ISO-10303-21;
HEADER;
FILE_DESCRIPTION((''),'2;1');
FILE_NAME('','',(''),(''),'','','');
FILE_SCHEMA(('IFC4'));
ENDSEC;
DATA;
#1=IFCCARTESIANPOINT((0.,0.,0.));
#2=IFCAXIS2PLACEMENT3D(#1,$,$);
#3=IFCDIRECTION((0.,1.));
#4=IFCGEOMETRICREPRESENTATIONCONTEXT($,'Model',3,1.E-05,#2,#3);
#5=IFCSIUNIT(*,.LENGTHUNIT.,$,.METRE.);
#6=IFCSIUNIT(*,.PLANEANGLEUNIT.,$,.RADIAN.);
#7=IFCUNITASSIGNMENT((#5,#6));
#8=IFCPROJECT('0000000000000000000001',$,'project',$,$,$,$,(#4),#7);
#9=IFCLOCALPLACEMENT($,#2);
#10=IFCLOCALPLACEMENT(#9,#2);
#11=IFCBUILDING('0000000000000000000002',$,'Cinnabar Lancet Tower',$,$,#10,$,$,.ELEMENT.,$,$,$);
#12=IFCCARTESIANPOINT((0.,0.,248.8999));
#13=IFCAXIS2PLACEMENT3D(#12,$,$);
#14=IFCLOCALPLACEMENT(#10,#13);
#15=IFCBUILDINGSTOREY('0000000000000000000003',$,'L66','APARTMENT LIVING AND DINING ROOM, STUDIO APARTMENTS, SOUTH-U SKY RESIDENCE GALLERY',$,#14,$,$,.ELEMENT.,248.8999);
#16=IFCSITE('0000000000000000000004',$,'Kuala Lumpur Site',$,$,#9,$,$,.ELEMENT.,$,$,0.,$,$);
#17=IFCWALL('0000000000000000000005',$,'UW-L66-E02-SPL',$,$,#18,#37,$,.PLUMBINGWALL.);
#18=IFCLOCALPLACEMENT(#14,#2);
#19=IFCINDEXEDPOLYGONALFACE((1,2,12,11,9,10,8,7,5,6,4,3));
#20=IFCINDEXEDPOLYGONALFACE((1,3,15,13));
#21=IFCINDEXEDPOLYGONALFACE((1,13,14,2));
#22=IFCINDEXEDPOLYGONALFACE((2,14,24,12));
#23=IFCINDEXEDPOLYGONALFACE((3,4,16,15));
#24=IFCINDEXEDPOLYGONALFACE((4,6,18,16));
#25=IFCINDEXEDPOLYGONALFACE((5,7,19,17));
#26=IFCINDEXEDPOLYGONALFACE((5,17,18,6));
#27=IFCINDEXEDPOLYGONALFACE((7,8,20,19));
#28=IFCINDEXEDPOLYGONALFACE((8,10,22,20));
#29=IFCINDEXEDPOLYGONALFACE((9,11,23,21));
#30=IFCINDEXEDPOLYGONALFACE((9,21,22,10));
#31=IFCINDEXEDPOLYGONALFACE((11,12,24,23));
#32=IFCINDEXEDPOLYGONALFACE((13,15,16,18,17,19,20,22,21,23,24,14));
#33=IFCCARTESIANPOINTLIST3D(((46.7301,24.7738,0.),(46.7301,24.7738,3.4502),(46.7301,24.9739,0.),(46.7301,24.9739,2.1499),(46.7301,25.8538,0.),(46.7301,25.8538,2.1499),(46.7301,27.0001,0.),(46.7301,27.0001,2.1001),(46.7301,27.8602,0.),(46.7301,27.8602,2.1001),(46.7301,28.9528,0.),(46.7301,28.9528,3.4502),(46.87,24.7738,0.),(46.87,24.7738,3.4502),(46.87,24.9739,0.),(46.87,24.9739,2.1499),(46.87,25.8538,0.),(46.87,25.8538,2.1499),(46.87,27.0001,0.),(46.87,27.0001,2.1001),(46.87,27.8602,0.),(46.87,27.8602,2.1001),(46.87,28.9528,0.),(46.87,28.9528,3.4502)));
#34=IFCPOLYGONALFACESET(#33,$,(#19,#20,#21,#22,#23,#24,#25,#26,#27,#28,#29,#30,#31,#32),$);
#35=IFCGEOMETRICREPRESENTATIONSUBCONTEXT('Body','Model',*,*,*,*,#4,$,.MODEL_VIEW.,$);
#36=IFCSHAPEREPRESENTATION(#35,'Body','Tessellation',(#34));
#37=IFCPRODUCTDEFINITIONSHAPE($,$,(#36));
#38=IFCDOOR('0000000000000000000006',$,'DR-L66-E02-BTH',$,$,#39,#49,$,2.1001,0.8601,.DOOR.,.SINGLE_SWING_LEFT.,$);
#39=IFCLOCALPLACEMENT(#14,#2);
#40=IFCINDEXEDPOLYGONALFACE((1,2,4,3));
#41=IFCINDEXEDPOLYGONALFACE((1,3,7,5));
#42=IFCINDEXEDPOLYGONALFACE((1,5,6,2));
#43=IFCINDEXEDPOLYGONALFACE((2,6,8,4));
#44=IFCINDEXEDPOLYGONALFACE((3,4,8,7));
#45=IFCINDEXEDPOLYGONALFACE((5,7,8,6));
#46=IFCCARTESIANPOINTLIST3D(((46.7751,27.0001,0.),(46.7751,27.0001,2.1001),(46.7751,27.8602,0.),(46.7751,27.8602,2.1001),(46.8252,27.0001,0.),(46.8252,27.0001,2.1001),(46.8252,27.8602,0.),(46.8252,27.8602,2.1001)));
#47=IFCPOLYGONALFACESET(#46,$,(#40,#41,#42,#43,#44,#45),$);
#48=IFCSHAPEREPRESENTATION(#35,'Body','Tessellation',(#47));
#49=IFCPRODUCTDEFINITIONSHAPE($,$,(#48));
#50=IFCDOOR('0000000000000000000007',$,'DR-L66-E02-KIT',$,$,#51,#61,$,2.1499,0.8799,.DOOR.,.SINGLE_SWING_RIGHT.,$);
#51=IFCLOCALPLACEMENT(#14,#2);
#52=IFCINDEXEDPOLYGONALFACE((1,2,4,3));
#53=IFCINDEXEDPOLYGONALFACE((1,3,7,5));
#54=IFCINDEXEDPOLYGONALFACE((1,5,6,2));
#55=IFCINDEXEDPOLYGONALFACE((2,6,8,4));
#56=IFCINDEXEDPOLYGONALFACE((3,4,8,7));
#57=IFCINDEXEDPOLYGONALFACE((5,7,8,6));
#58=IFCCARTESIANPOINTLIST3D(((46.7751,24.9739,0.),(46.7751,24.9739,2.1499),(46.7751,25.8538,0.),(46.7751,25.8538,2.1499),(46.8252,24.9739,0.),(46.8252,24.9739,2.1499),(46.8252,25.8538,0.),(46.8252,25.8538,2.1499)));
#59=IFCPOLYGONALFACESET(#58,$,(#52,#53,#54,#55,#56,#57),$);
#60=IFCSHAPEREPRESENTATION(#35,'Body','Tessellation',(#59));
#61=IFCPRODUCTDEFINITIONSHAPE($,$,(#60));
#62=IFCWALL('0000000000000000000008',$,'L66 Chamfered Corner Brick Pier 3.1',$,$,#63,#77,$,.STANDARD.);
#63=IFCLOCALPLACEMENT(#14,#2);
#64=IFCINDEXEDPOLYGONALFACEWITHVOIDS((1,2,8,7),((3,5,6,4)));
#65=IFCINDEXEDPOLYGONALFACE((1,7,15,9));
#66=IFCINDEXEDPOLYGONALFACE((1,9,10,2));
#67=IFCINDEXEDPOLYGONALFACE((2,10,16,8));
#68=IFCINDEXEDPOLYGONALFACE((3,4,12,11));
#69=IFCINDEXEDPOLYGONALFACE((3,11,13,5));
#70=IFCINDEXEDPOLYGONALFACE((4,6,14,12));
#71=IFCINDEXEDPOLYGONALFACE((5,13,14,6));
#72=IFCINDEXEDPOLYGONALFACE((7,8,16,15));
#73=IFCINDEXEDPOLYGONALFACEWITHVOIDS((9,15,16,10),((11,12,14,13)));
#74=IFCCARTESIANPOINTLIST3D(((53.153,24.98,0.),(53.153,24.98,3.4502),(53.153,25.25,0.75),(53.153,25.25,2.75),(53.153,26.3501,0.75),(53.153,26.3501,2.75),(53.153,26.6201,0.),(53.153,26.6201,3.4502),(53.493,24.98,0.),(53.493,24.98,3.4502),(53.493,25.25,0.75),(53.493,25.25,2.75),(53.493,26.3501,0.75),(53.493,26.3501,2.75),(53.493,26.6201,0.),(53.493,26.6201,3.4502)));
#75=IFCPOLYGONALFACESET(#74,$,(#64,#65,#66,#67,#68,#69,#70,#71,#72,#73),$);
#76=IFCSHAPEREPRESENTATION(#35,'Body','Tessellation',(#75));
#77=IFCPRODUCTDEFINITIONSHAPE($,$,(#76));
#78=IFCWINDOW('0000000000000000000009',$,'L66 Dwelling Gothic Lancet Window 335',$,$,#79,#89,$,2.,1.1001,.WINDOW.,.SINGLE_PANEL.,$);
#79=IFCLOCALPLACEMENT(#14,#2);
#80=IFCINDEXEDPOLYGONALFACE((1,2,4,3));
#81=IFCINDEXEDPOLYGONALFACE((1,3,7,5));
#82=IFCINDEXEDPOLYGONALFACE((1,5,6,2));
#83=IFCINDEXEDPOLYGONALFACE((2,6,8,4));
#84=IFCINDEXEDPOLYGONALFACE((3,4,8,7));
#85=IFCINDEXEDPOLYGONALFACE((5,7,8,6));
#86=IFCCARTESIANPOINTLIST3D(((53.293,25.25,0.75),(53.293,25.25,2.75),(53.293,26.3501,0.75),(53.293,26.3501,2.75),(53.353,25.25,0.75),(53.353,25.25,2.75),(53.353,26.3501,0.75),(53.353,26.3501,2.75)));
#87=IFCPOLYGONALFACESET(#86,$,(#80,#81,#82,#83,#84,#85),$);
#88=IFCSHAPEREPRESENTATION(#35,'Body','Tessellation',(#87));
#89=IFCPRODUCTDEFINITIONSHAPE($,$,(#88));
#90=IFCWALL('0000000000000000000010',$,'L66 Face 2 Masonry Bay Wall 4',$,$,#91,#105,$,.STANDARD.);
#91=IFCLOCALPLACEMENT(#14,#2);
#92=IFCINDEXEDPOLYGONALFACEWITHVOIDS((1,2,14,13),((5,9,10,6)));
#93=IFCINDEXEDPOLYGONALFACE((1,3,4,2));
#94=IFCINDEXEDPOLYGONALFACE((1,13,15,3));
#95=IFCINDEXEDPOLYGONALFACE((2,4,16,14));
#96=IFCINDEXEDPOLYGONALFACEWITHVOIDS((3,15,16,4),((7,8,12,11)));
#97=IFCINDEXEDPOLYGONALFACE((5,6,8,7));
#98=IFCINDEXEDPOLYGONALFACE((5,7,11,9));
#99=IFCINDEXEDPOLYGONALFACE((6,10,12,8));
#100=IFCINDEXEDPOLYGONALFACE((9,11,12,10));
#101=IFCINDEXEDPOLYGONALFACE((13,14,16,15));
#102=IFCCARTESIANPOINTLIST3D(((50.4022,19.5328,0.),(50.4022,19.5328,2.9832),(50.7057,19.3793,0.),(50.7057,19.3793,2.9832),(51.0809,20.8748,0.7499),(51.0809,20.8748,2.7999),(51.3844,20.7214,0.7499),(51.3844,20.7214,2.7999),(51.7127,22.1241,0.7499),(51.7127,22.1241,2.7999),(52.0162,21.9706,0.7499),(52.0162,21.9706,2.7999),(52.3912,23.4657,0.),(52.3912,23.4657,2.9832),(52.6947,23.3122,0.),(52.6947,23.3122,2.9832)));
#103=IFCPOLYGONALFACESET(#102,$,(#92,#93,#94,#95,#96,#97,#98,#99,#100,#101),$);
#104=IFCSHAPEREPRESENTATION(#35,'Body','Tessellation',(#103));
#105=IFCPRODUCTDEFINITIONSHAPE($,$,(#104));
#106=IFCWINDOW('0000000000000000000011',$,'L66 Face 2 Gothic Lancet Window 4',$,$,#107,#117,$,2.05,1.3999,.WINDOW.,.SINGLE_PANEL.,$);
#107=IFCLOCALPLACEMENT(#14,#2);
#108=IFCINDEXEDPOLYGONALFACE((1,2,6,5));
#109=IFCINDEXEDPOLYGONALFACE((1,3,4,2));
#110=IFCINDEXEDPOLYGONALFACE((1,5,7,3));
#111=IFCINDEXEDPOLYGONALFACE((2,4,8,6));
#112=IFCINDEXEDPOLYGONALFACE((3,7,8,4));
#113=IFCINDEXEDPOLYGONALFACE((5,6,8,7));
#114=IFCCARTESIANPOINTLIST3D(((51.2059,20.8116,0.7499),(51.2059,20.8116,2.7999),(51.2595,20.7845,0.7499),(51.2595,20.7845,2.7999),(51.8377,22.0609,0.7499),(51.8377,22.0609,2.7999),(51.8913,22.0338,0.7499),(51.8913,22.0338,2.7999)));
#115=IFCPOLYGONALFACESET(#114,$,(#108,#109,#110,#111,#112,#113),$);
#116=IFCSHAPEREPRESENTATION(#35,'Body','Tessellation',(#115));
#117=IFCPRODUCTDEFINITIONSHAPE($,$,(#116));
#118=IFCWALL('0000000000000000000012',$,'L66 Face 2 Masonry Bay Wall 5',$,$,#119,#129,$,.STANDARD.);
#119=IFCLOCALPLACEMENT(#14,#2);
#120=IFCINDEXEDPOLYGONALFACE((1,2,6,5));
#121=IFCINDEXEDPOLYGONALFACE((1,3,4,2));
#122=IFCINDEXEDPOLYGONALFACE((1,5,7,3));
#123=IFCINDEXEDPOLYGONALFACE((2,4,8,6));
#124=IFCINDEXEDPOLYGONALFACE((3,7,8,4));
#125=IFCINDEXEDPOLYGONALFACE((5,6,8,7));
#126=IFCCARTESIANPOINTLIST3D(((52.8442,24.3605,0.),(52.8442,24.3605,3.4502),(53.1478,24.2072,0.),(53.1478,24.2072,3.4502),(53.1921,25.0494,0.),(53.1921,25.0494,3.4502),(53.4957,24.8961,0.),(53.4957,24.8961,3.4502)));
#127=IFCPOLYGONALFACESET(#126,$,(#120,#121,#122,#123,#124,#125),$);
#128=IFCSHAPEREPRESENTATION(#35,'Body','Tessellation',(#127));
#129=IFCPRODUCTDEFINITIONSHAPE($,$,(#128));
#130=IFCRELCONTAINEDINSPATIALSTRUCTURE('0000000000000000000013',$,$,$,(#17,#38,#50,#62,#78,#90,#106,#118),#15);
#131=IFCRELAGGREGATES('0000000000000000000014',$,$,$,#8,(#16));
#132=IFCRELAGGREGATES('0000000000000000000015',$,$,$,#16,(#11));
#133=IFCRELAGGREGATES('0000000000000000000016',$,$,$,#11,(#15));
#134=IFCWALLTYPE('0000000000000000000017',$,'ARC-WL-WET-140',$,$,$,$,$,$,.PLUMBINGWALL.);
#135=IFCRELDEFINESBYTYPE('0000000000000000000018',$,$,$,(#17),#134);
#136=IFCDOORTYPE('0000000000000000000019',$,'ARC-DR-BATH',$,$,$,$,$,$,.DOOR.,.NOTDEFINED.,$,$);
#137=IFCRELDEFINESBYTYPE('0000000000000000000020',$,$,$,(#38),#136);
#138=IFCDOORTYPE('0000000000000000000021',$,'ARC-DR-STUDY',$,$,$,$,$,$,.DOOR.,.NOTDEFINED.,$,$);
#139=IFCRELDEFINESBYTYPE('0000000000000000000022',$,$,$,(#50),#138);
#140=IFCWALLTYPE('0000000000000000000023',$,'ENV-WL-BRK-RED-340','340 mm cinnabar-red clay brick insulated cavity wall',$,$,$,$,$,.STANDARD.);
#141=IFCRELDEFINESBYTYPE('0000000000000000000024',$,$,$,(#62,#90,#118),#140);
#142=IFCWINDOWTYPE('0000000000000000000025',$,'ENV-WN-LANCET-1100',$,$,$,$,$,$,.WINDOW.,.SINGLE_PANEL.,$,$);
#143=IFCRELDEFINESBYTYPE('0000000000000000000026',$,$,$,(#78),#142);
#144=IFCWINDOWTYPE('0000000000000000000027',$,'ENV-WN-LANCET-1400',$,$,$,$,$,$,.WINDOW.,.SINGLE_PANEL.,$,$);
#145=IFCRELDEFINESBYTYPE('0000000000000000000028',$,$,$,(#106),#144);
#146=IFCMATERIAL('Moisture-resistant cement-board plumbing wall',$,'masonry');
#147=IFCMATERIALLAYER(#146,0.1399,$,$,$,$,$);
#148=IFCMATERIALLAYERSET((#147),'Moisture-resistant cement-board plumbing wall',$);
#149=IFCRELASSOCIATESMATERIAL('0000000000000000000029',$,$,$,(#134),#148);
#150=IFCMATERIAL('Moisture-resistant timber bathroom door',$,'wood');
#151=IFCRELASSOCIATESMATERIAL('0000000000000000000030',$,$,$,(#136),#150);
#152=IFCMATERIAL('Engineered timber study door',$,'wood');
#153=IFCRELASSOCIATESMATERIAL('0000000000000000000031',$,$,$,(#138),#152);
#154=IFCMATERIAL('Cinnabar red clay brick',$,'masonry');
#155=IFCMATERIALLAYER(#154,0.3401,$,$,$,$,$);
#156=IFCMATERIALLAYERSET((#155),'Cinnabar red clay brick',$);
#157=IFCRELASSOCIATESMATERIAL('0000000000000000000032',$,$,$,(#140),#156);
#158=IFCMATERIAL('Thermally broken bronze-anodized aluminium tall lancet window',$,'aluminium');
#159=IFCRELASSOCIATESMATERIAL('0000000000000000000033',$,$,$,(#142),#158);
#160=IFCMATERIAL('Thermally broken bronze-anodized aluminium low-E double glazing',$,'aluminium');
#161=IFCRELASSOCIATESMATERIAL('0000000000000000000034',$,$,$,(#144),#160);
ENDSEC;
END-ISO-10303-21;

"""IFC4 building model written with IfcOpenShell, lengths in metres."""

from ifc_helpers import new_model, si_unit, direction, frame, frame_2d, origin, place, context, subcontext, project, spatial, rectangle, extrude, material, layer, layer_set, type_object, element, fill, save


model = new_model("IFC4")

# Units and contexts
model_context = context("Model", 3, precision=1e-05, world=origin(), true_north=direction((0.0, 1.0)))
body_context = subcontext(model_context, "Body", "Model", "MODEL_VIEW")
ifc_project = project(units=[si_unit("LENGTHUNIT", "METRE"), si_unit("PLANEANGLEUNIT", "RADIAN")], contexts=[model_context])

# Site, building, storey
site_placement = place(None, origin())
site = spatial("IfcSite", under=ifc_project, at=site_placement, Name="Kuala Lumpur Site", CompositionType="ELEMENT", RefElevation=0.0)
building_placement = place(site_placement, origin())
building = spatial("IfcBuilding", under=site, at=building_placement, Name="Cinnabar Lancet Tower", CompositionType="ELEMENT")
storey_placement = place(building_placement, frame((0.0, 0.0, 248.8999)))
storey = spatial("IfcBuildingStorey", under=building, at=storey_placement, Name="L66", Description="APARTMENT LIVING AND DINING ROOM, STUDIO APARTMENTS, SOUTH-U SKY RESIDENCE GALLERY", CompositionType="ELEMENT", Elevation=248.8999)

# Shared definitions
ifc_material_1 = material(Name="Moisture-resistant cement-board plumbing wall", Category="masonry")
ifc_layer_1 = layer(ifc_material_1, 0.1399)
ifc_layer_set_1 = layer_set([ifc_layer_1], Name="Moisture-resistant cement-board plumbing wall")
wall_type_1 = type_object("IfcWallType", Name="ARC-WL-WET-140", PredefinedType="PLUMBINGWALL", material=ifc_layer_set_1)

# Wall, openings, doors
wall_1_placement = place(storey_placement, frame((46.8, 24.7739, 0.0), z_axis=(0.0, 0.0, 1.0), x_axis=(0.0, 1.0, 0.0)))
wall_1 = element("IfcWall", 1, at=wall_1_placement, inside=storey, type_object=wall_type_1, Name="UW-L66-E02-SPL", PredefinedType="PLUMBINGWALL", context=body_context, shape_type="SweptSolid", body=[
    extrude(rectangle(XDim=4.179, YDim=0.1399, at=frame_2d((2.0894, 0.0))), origin(), (0.0, 0.0, 1.0), 3.4502),
])
opening_1_placement = place(wall_1_placement, frame((2.2261, 0.0, 0.0)))
opening_1 = element("IfcOpeningElement", 2, at=opening_1_placement, cuts=wall_1, PredefinedType="OPENING", context=body_context, shape_type="SweptSolid", body=[
    extrude(rectangle(XDim=0.8601, YDim=2.1001, at=frame_2d((0.4302, 1.05))), frame((0.0, 0.0798, 0.0), z_axis=(0.0, -1.0, 0.0), x_axis=(1.0, 0.0, 0.0)), (0.0, 0.0, 1.0), 0.1599),
])
opening_2_placement = place(wall_1_placement, frame((0.2, 0.0, 0.0)))
opening_2 = element("IfcOpeningElement", 3, at=opening_2_placement, cuts=wall_1, PredefinedType="OPENING", context=body_context, shape_type="SweptSolid", body=[
    extrude(rectangle(XDim=0.8799, YDim=2.1499, at=frame_2d((0.4399, 1.075))), frame((0.0, 0.0798, 0.0), z_axis=(0.0, -1.0, 0.0), x_axis=(1.0, 0.0, 0.0)), (0.0, 0.0, 1.0), 0.1599),
])
ifc_material_2 = material(Name="Moisture-resistant timber bathroom door", Category="wood")
door_type_1 = type_object("IfcDoorType", Name="ARC-DR-BATH", OperationType="NOTDEFINED", PredefinedType="DOOR", material=ifc_material_2)
door_1_placement = place(opening_1_placement, origin())
door_1 = element("IfcDoor", 4, at=door_1_placement, inside=storey, type_object=door_type_1, Name="DR-L66-E02-BTH", OperationType="SINGLE_SWING_LEFT", OverallHeight=2.1001, OverallWidth=0.8601, PredefinedType="DOOR", context=body_context, shape_type="SweptSolid", body=[
    extrude(rectangle(XDim=0.8601, YDim=2.1001, at=frame_2d((0.4302, 1.05))), frame((0.0, 0.0249, 0.0), z_axis=(0.0, -1.0, 0.0), x_axis=(1.0, 0.0, 0.0)), (0.0, 0.0, 1.0), 0.05),
])
fill(opening_1, door_1)
ifc_material_3 = material(Name="Engineered timber study door", Category="wood")
door_type_2 = type_object("IfcDoorType", Name="ARC-DR-STUDY", OperationType="NOTDEFINED", PredefinedType="DOOR", material=ifc_material_3)
door_2_placement = place(opening_2_placement, origin())
door_2 = element("IfcDoor", 5, at=door_2_placement, inside=storey, type_object=door_type_2, Name="DR-L66-E02-KIT", OperationType="SINGLE_SWING_RIGHT", OverallHeight=2.1499, OverallWidth=0.8799, PredefinedType="DOOR", context=body_context, shape_type="SweptSolid", body=[
    extrude(rectangle(XDim=0.8799, YDim=2.1499, at=frame_2d((0.4399, 1.075))), frame((0.0, 0.0249, 0.0), z_axis=(0.0, -1.0, 0.0), x_axis=(1.0, 0.0, 0.0)), (0.0, 0.0, 1.0), 0.05),
])
fill(opening_2, door_2)

# Walls, openings, windows
ifc_material_4 = material(Name="Cinnabar red clay brick", Category="masonry")
ifc_layer_2 = layer(ifc_material_4, 0.3401)
ifc_layer_set_2 = layer_set([ifc_layer_2], Name="Cinnabar red clay brick")
wall_type_2 = type_object("IfcWallType", Name="ENV-WL-BRK-RED-340", Description="340 mm cinnabar-red clay brick insulated cavity wall", PredefinedType="STANDARD", material=ifc_layer_set_2)
wall_2_placement = place(storey_placement, frame((53.323, 24.98, 0.0), z_axis=(0.0, 0.0, 1.0), x_axis=(0.0, 1.0, 0.0)))
wall_2 = element("IfcWall", 6, at=wall_2_placement, inside=storey, type_object=wall_type_2, Name="L66 Chamfered Corner Brick Pier 3.1", PredefinedType="STANDARD", context=body_context, shape_type="SweptSolid", body=[
    extrude(rectangle(XDim=1.6401, YDim=0.3401, at=frame_2d((0.8201, 0.0))), origin(), (0.0, 0.0, 1.0), 3.4502),
])
opening_3_placement = place(wall_2_placement, frame((0.27, 0.0, 0.75)))
opening_3 = element("IfcOpeningElement", 7, at=opening_3_placement, cuts=wall_2, PredefinedType="OPENING", context=body_context, shape_type="SweptSolid", body=[
    extrude(rectangle(XDim=1.1001, YDim=2.0, at=frame_2d((0.55, 1.0))), frame((0.0, 0.1799, 0.0), z_axis=(0.0, -1.0, 0.0), x_axis=(1.0, 0.0, 0.0)), (0.0, 0.0, 1.0), 0.3601),
])
ifc_material_5 = material(Name="Thermally broken bronze-anodized aluminium tall lancet window", Category="aluminium")
window_type_1 = type_object("IfcWindowType", Name="ENV-WN-LANCET-1100", PartitioningType="SINGLE_PANEL", PredefinedType="WINDOW", material=ifc_material_5)
window_1_placement = place(opening_3_placement, origin())
window_1 = element("IfcWindow", 8, at=window_1_placement, inside=storey, type_object=window_type_1, Name="L66 Dwelling Gothic Lancet Window 335", OverallHeight=2.0, OverallWidth=1.1001, PartitioningType="SINGLE_PANEL", PredefinedType="WINDOW", context=body_context, shape_type="SweptSolid", body=[
    extrude(rectangle(XDim=1.1001, YDim=2.0, at=frame_2d((0.55, 1.0))), frame((0.0, 0.03, 0.0), z_axis=(0.0, -1.0, 0.0), x_axis=(1.0, 0.0, 0.0)), (0.0, 0.0, 1.0), 0.0601),
])
fill(opening_3, window_1)
wall_3_placement = place(storey_placement, frame((50.554, 19.4561, 0.0), z_axis=(0.0, 0.0, 1.0), x_axis=(0.451308, 0.892368, 0.0)))
wall_3 = element("IfcWall", 9, at=wall_3_placement, inside=storey, type_object=wall_type_2, Name="L66 Face 2 Masonry Bay Wall 4", PredefinedType="STANDARD", context=body_context, shape_type="SweptSolid", body=[
    extrude(rectangle(XDim=4.4072, YDim=0.3401, at=frame_2d((2.2036, 0.0))), origin(), (0.0, 0.0, 1.0), 2.9832),
])
opening_4_placement = place(wall_3_placement, frame((1.5039, 0.0, 0.75)))
opening_4 = element("IfcOpeningElement", 10, at=opening_4_placement, cuts=wall_3, PredefinedType="OPENING", context=body_context, shape_type="SweptSolid", body=[
    extrude(rectangle(XDim=1.3999, YDim=2.05, at=frame_2d((0.7, 1.0249))), frame((0.0, 0.1799, 0.0), z_axis=(0.0, -1.0, 0.0), x_axis=(1.0, 0.0, 0.0)), (0.0, 0.0, 1.0), 0.3601),
])
ifc_material_6 = material(Name="Thermally broken bronze-anodized aluminium low-E double glazing", Category="aluminium")
window_type_2 = type_object("IfcWindowType", Name="ENV-WN-LANCET-1400", PartitioningType="SINGLE_PANEL", PredefinedType="WINDOW", material=ifc_material_6)
window_2_placement = place(opening_4_placement, origin())
window_2 = element("IfcWindow", 11, at=window_2_placement, inside=storey, type_object=window_type_2, Name="L66 Face 2 Gothic Lancet Window 4", OverallHeight=2.05, OverallWidth=1.3999, PartitioningType="SINGLE_PANEL", PredefinedType="WINDOW", context=body_context, shape_type="SweptSolid", body=[
    extrude(rectangle(XDim=1.3999, YDim=2.05, at=frame_2d((0.7, 1.0249))), frame((0.0, 0.03, 0.0), z_axis=(0.0, -1.0, 0.0), x_axis=(1.0, 0.0, 0.0)), (0.0, 0.0, 1.0), 0.0601),
])
fill(opening_4, window_2)

# Wall
wall_4_placement = place(storey_placement, frame((52.9961, 24.2839, 0.0), z_axis=(0.0, 0.0, 1.0), x_axis=(0.450753, 0.892649, 0.0)))
element("IfcWall", 12, at=wall_4_placement, inside=storey, type_object=wall_type_2, Name="L66 Face 2 Masonry Bay Wall 5", PredefinedType="STANDARD", context=body_context, shape_type="SweptSolid", body=[
    extrude(rectangle(XDim=0.7717, YDim=0.3401, at=frame_2d((0.3857, 0.0))), origin(), (0.0, 0.0, 1.0), 3.4502),
])

save(model, "model.ifc")
